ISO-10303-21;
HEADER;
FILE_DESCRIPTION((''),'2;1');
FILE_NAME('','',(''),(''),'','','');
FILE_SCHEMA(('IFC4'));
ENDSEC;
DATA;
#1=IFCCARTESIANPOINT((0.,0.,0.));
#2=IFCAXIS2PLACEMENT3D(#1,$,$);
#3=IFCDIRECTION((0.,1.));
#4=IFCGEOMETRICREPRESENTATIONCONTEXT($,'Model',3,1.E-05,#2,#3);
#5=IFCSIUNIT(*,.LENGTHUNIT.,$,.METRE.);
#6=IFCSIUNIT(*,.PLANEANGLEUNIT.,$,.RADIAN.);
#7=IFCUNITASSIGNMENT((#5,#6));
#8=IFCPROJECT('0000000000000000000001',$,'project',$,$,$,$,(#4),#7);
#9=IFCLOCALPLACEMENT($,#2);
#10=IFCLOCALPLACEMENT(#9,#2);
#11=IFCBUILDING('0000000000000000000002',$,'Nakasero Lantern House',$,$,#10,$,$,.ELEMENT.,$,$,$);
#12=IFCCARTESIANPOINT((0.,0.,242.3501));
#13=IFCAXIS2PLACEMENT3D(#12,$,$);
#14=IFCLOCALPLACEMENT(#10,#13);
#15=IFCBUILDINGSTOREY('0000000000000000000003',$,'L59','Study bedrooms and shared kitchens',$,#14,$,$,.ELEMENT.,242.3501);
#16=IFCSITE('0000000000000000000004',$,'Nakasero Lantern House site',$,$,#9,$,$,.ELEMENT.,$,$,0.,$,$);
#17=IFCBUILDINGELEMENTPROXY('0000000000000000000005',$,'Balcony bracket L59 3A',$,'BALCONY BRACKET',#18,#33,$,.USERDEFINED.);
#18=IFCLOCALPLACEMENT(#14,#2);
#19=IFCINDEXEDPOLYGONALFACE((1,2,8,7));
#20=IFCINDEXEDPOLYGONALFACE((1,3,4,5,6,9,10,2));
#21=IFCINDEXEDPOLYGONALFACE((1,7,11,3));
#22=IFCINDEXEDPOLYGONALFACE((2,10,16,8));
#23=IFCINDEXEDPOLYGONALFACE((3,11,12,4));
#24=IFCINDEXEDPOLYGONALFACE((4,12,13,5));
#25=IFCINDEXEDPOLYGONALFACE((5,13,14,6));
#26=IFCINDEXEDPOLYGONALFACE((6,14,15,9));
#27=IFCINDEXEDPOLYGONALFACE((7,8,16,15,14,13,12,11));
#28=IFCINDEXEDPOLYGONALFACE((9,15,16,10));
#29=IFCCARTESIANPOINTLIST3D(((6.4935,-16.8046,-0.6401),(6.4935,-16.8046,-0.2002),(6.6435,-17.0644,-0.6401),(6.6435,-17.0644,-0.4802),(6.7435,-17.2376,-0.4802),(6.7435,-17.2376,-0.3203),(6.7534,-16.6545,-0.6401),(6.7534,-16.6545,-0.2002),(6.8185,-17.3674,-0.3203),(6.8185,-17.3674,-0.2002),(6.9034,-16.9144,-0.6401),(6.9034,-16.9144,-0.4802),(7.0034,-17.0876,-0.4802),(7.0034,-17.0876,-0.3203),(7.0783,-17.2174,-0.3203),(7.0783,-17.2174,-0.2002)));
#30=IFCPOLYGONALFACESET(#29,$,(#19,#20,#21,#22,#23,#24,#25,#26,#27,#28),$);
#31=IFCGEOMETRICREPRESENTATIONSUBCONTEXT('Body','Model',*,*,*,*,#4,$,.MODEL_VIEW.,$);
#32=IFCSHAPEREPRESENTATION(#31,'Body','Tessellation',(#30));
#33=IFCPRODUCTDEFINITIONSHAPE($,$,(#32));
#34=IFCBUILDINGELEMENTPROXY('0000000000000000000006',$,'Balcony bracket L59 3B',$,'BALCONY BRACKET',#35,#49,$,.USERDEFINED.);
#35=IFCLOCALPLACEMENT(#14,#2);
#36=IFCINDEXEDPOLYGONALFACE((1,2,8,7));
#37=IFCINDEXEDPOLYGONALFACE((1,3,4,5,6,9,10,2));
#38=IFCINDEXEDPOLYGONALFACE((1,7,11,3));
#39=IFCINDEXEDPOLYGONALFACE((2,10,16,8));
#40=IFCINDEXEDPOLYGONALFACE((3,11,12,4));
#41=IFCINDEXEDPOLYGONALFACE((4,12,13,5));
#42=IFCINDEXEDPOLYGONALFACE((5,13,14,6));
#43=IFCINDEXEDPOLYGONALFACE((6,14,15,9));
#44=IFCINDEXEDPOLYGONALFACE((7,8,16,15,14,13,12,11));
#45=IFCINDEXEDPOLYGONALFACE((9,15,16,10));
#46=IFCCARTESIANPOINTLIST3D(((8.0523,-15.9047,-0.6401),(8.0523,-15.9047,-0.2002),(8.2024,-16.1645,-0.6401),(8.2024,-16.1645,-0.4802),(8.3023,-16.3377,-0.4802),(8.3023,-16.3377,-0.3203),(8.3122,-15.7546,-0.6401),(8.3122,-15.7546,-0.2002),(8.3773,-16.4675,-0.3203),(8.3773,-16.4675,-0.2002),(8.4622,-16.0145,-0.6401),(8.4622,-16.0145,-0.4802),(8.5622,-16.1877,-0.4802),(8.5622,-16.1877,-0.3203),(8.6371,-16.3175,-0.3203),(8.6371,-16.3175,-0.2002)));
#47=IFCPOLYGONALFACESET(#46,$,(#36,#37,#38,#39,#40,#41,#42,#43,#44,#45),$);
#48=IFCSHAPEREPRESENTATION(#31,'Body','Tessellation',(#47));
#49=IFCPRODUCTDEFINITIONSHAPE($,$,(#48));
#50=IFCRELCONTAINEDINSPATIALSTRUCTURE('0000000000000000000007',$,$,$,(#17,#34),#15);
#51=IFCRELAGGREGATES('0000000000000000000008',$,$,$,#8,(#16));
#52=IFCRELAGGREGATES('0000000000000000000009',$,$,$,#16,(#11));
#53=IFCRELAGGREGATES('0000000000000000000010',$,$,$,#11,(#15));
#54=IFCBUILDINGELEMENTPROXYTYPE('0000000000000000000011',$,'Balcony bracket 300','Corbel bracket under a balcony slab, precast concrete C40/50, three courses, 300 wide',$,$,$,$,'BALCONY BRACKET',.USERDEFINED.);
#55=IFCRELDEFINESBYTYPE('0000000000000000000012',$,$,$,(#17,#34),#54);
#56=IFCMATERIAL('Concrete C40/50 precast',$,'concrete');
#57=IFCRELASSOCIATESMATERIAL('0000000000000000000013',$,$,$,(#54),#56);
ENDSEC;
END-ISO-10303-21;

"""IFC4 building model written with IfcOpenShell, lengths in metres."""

from ifc_helpers import new_model, si_unit, direction, frame, origin, place, context, subcontext, project, spatial, polyline, outline, extrude, material, type_object, element, save


model = new_model("IFC4")

# Units and contexts
model_context = context("Model", 3, precision=1e-05, world=origin(), true_north=direction((0.0, 1.0)))
body_context = subcontext(model_context, "Body", "Model", "MODEL_VIEW")
ifc_project = project(units=[si_unit("LENGTHUNIT", "METRE"), si_unit("PLANEANGLEUNIT", "RADIAN")], contexts=[model_context])

# Site, building, storey
site_placement = place(None, origin())
site = spatial("IfcSite", under=ifc_project, at=site_placement, Name="Nakasero Lantern House site", CompositionType="ELEMENT", RefElevation=0.0)
building_placement = place(site_placement, origin())
building = spatial("IfcBuilding", under=site, at=building_placement, Name="Nakasero Lantern House", CompositionType="ELEMENT")
storey_placement = place(building_placement, frame((0.0, 0.0, 242.3501)))
storey = spatial("IfcBuildingStorey", under=building, at=storey_placement, Name="L59", Description="Study bedrooms and shared kitchens", CompositionType="ELEMENT", Elevation=242.3501)

# Building element proxies
ifc_material_1 = material(Name="Concrete C40/50 precast", Category="concrete")
building_element_proxy_type = type_object("IfcBuildingElementProxyType", Name="Balcony bracket 300", Description="Corbel bracket under a balcony slab, precast concrete C40/50, three courses, 300 wide", ElementType="BALCONY BRACKET", PredefinedType="USERDEFINED", material=ifc_material_1)
for number, where, z_axis, x_axis, name in (
    (1, (6.6235, -16.7295, -0.2002), (0.0, 0.0, 1.0), (0.5, -0.866025, 0.0), "Balcony bracket L59 3A"),
    (2, (8.1824, -15.8296, -0.2002), (0.0, 0.0, 1.0), (0.5, -0.866025, 0.0), "Balcony bracket L59 3B"),
):
    element("IfcBuildingElementProxy", number, at=place(storey_placement, frame(where, z_axis=z_axis, x_axis=x_axis)), inside=storey, type_object=building_element_proxy_type, Name=name, ObjectType="BALCONY BRACKET", PredefinedType="USERDEFINED", context=body_context, shape_type="SweptSolid", body=[
        extrude(outline(polyline([(0.0, 0.0), (0.6499, 0.0), (0.6499, -0.1201), (0.5, -0.1201), (0.5, -0.28), (0.3, -0.28), (0.3, -0.4399), (0.0, -0.4399), (0.0, 0.0)])), frame((0.0, 0.1499, 0.0), z_axis=(0.0, -1.0, 0.0), x_axis=(1.0, 0.0, 0.0)), (0.0, 0.0, 1.0), 0.3),
    ])

save(model, "model.ifc")
